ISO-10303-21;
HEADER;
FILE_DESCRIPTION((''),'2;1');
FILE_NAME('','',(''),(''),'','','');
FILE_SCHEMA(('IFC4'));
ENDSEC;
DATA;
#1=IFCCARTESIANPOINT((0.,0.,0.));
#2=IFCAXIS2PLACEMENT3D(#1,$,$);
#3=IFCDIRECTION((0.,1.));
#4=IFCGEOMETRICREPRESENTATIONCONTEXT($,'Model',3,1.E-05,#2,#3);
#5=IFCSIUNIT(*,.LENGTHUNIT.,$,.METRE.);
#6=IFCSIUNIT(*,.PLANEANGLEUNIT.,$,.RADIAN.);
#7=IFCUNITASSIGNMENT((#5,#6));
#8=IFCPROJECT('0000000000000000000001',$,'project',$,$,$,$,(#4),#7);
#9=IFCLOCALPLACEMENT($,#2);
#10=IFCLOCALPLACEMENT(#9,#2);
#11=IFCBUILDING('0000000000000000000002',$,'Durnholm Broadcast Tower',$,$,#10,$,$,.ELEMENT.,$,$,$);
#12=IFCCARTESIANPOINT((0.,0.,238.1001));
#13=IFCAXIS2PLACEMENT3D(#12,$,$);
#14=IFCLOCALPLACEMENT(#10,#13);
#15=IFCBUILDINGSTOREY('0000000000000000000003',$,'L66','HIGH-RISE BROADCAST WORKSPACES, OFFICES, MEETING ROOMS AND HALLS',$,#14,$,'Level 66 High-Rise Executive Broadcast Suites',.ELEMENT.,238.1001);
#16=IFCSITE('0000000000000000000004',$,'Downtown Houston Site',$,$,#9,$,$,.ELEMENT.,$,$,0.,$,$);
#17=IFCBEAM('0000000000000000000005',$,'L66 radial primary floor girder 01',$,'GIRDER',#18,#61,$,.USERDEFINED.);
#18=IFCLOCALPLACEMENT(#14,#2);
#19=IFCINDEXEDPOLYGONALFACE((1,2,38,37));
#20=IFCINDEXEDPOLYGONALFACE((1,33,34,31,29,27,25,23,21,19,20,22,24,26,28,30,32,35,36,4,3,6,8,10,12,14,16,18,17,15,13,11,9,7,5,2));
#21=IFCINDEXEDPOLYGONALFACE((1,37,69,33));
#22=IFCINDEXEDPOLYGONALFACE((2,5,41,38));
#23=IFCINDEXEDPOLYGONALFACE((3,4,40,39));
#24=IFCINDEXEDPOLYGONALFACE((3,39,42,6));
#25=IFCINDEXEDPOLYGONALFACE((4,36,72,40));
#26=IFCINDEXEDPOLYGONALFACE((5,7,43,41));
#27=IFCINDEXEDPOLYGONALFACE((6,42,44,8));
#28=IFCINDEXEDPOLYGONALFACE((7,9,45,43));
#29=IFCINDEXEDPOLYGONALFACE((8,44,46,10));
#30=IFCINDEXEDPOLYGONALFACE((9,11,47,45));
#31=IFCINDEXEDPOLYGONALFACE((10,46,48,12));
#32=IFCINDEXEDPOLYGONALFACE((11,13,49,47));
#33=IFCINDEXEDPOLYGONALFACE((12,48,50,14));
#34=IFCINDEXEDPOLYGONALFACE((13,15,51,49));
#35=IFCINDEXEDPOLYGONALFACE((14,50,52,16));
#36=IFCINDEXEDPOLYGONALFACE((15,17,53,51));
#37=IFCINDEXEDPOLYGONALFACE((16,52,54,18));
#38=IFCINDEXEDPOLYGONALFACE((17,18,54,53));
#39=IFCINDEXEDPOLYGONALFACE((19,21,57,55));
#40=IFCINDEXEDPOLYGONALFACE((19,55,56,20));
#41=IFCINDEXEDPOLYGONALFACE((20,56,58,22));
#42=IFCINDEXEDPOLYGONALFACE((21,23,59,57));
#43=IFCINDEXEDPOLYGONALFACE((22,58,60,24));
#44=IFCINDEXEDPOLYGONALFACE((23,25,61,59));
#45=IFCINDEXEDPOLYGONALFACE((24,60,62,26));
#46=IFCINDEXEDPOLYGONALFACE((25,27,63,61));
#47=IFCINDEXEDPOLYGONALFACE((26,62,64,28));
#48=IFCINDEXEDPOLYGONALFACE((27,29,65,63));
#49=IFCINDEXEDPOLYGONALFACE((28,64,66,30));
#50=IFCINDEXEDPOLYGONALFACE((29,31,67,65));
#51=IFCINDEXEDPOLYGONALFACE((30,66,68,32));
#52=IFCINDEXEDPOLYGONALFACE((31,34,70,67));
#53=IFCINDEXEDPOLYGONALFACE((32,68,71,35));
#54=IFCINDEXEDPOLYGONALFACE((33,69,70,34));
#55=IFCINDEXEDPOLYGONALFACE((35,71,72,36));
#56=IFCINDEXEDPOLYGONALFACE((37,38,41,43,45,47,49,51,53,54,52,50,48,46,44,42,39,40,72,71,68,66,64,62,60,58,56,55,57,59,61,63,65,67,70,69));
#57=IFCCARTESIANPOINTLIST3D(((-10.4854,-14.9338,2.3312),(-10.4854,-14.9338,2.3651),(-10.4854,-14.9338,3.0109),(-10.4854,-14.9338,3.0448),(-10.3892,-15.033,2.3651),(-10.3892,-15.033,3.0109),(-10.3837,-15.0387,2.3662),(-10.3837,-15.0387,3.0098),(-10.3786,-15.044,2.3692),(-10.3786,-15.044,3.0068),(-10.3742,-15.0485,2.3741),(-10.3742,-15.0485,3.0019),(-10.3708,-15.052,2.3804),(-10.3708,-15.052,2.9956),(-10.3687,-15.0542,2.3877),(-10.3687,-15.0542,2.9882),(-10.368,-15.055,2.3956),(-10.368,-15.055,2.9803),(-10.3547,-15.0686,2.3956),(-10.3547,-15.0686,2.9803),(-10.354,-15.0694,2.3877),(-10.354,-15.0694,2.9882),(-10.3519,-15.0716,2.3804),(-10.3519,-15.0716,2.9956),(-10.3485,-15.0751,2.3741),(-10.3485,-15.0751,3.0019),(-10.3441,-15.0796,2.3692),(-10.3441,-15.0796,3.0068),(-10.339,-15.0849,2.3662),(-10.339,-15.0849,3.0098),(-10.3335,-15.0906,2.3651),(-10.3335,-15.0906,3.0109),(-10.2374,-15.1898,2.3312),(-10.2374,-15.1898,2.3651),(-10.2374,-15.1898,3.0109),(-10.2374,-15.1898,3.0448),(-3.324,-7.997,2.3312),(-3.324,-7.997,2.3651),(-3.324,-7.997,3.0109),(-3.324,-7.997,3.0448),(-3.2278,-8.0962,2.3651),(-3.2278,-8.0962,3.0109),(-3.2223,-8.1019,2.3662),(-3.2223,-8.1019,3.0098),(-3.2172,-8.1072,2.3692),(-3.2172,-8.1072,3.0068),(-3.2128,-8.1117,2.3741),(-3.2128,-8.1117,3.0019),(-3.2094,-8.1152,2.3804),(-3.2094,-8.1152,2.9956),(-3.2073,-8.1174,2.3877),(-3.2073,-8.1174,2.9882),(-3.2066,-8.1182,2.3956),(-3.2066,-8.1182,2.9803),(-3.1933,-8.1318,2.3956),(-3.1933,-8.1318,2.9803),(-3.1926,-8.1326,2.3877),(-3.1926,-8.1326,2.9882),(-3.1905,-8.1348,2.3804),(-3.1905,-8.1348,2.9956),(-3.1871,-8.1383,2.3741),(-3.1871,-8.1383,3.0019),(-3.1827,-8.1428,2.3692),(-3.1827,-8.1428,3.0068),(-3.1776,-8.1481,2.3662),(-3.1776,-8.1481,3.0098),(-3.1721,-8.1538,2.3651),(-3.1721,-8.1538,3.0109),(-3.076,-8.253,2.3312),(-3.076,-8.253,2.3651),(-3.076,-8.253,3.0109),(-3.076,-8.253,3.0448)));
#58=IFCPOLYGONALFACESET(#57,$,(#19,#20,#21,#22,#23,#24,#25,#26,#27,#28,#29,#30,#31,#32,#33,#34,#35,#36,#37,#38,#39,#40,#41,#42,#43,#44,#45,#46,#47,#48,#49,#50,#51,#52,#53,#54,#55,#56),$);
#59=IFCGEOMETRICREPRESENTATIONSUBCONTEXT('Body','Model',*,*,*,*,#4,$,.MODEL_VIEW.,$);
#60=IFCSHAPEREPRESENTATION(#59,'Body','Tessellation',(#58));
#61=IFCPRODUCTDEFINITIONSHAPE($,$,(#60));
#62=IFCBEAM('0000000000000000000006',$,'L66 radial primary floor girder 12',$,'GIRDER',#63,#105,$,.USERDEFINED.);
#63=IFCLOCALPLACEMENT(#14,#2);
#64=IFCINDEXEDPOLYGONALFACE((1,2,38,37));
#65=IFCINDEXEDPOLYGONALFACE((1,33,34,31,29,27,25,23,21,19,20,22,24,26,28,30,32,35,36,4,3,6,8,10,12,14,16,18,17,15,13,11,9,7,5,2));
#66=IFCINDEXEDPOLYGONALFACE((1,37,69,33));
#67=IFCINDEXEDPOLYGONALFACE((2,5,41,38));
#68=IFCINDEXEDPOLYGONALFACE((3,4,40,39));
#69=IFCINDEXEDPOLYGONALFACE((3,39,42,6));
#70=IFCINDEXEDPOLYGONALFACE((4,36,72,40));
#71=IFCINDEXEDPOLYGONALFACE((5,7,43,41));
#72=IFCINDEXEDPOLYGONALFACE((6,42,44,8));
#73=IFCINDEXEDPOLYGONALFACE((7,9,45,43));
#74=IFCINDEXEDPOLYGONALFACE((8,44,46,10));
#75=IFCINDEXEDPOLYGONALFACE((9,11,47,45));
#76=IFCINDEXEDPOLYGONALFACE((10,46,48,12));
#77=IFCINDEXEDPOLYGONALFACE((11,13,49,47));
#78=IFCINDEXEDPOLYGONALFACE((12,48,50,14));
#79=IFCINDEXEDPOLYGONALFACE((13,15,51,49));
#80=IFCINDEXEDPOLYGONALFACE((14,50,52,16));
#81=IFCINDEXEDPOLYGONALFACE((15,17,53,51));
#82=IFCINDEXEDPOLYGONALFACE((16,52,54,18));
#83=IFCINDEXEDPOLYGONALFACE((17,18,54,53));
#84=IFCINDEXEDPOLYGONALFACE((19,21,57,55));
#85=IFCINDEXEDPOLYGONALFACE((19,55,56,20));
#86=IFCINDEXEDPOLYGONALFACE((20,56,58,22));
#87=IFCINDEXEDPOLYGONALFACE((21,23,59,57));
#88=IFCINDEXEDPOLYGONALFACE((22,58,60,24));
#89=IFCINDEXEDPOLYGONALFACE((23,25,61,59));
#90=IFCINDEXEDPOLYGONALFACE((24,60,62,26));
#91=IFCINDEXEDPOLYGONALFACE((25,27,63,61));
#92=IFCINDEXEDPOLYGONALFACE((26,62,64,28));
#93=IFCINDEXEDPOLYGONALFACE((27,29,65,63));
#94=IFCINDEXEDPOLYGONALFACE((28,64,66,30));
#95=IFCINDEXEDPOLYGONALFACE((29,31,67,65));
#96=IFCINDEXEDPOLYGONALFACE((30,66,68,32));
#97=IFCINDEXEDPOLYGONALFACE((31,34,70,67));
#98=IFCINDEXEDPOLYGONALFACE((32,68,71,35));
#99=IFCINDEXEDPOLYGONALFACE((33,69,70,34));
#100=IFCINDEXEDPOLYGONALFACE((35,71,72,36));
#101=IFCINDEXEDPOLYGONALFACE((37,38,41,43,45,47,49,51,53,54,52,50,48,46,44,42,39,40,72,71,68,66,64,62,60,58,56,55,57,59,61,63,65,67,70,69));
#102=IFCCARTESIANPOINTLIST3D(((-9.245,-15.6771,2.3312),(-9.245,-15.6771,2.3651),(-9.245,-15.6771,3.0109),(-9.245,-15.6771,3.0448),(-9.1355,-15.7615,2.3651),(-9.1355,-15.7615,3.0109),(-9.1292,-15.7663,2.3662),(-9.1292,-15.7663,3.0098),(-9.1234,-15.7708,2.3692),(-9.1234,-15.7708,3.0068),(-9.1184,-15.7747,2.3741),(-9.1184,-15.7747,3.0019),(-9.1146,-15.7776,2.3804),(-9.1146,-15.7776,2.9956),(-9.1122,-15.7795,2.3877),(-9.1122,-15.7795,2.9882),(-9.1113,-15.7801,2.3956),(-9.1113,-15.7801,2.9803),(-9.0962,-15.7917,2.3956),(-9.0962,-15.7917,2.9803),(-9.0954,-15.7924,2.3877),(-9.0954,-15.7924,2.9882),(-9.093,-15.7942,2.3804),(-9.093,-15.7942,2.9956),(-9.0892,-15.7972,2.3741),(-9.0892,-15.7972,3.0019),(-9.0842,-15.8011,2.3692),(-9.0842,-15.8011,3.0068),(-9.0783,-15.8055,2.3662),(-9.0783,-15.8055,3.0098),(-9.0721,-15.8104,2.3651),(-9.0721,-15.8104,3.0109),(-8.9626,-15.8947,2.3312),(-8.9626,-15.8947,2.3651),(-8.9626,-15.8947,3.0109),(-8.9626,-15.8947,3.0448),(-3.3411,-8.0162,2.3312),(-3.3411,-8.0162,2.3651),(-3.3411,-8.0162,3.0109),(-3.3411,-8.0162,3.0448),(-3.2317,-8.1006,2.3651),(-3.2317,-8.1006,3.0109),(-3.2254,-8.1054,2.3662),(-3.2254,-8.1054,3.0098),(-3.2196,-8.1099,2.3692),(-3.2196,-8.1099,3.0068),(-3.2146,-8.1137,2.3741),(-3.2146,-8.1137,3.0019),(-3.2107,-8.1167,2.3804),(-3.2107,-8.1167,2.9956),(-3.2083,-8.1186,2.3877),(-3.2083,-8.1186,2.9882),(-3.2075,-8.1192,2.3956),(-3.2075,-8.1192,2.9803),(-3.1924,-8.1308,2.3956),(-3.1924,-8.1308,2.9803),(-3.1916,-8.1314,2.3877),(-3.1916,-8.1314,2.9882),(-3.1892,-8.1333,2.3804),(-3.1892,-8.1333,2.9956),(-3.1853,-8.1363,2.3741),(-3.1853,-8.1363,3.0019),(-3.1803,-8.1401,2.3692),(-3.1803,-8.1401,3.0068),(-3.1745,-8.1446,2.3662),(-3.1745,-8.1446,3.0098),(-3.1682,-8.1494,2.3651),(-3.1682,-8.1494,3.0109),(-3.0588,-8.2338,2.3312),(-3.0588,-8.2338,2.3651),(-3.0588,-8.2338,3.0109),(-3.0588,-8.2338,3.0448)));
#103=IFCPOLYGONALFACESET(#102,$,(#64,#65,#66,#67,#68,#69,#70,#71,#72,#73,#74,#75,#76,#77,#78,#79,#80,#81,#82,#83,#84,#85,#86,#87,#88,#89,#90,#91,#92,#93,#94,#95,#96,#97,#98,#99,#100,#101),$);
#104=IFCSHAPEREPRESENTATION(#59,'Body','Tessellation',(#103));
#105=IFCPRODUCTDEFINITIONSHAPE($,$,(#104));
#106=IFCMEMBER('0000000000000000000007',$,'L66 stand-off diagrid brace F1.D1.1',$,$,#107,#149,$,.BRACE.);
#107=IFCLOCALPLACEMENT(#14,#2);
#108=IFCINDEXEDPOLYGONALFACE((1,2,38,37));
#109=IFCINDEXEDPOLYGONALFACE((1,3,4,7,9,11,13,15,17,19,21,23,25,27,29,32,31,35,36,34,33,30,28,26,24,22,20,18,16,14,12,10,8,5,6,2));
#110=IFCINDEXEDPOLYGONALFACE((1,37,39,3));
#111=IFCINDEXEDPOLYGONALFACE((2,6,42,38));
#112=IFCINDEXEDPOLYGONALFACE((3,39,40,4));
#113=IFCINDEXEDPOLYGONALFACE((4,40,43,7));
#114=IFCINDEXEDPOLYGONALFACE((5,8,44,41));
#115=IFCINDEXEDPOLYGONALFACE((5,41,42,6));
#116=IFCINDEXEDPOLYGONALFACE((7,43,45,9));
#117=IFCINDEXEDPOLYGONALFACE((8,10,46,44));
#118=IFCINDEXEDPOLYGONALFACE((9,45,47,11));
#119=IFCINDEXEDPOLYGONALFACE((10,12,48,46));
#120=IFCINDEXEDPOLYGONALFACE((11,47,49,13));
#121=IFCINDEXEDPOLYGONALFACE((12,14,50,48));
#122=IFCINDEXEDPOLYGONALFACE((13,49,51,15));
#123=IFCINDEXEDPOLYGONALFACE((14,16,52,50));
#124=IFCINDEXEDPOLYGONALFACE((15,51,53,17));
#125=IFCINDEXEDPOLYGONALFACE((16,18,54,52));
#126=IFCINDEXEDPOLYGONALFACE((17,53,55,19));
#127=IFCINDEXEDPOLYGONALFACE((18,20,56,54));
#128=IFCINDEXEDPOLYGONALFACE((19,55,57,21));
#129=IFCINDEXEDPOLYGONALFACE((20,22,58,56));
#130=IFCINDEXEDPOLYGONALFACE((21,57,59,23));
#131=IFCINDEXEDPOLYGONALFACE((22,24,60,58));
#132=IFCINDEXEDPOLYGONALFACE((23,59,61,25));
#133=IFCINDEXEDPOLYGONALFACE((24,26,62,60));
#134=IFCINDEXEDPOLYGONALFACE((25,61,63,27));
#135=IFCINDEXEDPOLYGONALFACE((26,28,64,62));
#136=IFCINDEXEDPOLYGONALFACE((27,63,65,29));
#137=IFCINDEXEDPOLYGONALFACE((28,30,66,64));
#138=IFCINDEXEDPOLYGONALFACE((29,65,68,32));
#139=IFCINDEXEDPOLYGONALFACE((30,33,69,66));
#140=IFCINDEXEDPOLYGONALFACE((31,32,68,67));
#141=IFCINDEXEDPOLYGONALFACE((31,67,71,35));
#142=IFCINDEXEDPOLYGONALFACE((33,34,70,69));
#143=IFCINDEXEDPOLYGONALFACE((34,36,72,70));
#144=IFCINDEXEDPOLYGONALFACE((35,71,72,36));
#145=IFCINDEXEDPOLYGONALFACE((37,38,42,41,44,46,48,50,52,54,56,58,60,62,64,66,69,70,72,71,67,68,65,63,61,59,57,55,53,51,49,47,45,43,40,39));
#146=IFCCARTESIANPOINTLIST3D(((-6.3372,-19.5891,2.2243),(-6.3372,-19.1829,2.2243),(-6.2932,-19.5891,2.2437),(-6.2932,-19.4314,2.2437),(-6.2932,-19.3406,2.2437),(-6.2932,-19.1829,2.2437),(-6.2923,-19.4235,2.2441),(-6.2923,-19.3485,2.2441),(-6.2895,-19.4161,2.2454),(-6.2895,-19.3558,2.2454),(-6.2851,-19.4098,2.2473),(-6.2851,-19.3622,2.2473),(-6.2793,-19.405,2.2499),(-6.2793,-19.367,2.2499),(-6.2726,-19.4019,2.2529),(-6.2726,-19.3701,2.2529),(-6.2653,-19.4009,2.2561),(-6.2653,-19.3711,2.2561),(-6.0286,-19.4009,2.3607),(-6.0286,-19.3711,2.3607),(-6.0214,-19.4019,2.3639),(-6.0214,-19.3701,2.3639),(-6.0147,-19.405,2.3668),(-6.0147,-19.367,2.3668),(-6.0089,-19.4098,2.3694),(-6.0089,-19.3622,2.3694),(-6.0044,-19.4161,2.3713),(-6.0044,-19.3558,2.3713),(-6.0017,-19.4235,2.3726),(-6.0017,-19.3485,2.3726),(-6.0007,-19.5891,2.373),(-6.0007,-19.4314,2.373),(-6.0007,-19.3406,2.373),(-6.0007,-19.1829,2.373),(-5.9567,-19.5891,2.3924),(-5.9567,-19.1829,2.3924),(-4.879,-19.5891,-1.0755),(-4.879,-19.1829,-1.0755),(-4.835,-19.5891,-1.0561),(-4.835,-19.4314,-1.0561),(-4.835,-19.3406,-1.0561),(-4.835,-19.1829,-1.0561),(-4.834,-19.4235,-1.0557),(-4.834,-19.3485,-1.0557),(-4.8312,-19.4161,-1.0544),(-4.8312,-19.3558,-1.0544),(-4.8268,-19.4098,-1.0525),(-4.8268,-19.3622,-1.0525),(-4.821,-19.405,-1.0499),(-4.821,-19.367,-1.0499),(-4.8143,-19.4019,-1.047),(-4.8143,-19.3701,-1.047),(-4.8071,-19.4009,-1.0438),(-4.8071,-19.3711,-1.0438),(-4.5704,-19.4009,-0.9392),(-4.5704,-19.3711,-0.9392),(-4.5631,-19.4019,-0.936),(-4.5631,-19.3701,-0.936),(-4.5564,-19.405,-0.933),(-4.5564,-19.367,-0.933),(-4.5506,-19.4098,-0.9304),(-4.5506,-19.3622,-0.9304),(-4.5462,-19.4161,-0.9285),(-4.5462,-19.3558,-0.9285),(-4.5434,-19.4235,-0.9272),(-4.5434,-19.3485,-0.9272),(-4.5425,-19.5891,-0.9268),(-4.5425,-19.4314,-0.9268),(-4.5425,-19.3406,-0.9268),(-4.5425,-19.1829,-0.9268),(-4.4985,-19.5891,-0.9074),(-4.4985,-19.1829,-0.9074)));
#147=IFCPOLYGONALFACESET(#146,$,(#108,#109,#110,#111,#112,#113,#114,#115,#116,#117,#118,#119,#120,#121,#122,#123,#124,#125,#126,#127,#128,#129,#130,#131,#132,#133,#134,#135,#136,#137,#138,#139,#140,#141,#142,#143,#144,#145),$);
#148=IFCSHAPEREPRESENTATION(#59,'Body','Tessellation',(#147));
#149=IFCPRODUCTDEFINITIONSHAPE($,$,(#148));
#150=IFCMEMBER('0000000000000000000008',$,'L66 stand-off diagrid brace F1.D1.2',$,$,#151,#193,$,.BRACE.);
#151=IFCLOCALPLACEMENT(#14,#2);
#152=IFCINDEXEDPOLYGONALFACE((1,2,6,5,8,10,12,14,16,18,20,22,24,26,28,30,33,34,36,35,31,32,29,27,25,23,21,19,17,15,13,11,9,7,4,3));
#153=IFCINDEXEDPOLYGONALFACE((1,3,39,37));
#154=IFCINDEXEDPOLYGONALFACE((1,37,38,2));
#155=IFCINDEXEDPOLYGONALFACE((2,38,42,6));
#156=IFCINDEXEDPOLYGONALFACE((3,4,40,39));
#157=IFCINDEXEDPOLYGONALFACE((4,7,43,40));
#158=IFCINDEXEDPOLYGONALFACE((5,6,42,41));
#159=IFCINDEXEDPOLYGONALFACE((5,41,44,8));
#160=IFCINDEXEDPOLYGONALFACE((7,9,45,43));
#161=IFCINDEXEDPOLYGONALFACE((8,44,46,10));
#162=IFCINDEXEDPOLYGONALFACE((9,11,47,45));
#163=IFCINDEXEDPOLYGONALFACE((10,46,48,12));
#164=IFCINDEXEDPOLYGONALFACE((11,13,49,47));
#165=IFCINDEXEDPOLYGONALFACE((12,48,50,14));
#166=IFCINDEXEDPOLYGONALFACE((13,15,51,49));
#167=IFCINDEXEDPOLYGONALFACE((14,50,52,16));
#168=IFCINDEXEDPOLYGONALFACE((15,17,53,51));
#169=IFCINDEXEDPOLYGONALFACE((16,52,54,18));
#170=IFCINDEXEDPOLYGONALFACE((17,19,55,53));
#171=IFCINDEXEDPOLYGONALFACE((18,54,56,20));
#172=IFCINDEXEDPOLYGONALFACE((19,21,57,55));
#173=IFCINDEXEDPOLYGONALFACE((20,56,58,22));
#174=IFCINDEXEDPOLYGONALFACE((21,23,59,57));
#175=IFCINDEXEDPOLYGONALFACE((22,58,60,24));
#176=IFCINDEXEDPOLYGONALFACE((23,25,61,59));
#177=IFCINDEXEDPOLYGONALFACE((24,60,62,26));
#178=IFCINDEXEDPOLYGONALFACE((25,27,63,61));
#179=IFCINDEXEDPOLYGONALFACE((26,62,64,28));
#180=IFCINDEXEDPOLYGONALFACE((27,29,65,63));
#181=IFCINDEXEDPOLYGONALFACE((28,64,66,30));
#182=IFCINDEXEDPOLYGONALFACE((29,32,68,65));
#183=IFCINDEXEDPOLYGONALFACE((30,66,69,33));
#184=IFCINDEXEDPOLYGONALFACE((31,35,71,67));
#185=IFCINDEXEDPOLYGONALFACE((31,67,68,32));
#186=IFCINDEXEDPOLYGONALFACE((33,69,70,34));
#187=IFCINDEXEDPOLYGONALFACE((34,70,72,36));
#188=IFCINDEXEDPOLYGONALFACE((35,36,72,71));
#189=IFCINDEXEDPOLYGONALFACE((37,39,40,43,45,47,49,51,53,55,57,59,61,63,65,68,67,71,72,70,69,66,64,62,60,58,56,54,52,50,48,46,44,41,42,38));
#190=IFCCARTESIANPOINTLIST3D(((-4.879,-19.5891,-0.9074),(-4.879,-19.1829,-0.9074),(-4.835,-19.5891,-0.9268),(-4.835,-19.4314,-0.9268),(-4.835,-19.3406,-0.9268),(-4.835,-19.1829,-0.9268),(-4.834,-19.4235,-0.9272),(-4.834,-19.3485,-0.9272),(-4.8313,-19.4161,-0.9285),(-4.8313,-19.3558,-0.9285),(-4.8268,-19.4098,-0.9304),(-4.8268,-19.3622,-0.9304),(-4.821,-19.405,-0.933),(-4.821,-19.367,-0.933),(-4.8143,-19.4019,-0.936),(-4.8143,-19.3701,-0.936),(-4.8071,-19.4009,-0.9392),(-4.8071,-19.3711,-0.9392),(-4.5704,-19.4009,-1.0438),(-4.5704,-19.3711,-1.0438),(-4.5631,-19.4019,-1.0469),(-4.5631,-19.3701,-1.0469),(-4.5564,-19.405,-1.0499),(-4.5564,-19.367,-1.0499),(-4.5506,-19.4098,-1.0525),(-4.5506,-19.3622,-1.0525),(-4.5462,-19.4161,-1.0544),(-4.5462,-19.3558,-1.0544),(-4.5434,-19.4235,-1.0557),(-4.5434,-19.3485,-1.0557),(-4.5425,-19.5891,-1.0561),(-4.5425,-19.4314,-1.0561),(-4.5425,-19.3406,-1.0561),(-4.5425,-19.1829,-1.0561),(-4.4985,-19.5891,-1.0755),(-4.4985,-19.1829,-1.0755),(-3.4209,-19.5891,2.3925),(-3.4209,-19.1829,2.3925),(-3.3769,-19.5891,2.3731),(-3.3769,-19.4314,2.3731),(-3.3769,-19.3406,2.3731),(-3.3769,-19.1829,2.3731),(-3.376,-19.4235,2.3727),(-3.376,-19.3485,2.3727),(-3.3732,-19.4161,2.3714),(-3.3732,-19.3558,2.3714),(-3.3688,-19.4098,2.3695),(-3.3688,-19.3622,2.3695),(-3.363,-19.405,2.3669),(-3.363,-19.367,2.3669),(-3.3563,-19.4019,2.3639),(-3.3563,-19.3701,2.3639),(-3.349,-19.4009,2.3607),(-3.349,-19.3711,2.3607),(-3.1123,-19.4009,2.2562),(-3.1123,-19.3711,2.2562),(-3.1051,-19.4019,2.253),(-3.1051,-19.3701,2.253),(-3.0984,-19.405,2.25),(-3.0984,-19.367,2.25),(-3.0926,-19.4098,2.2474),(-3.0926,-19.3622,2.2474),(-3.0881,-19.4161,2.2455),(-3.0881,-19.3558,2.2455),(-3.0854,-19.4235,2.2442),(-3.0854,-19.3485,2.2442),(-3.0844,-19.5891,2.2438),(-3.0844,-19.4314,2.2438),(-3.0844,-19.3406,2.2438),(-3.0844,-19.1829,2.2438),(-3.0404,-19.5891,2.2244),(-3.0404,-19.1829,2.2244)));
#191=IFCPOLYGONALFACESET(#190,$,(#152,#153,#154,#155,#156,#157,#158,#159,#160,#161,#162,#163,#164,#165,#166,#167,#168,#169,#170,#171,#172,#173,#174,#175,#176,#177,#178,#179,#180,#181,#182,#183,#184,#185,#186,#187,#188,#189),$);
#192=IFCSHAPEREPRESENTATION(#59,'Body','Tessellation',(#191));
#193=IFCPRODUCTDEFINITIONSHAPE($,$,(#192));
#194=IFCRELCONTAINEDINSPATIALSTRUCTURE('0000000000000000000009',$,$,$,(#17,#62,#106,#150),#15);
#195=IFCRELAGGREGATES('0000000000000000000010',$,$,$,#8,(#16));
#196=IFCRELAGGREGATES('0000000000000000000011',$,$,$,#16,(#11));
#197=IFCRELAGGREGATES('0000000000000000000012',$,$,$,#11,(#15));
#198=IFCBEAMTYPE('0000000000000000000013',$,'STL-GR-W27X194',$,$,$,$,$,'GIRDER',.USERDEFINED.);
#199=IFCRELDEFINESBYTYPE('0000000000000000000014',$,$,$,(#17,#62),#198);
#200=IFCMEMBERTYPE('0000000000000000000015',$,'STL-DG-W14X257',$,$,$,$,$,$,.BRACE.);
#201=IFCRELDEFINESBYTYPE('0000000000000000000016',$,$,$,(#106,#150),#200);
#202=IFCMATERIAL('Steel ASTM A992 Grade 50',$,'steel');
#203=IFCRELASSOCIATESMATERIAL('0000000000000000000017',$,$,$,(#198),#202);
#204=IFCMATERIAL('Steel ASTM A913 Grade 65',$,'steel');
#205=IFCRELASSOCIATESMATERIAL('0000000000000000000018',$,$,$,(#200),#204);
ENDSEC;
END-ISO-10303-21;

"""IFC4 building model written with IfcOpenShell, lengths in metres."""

from ifc_helpers import new_model, si_unit, direction, frame, origin, origin_2d, place, context, subcontext, project, spatial, i_section, extrude, source, transform, mapped, material, material_profile, profile_set, type_object, type_shapes, element, save


model = new_model("IFC4")

# Units and contexts
model_context = context("Model", 3, precision=1e-05, world=origin(), true_north=direction((0.0, 1.0)))
body_context = subcontext(model_context, "Body", "Model", "MODEL_VIEW")
ifc_project = project(units=[si_unit("LENGTHUNIT", "METRE"), si_unit("PLANEANGLEUNIT", "RADIAN")], contexts=[model_context])

# Site, building, storey
site_placement = place(None, origin())
site = spatial("IfcSite", under=ifc_project, at=site_placement, Name="Downtown Houston Site", CompositionType="ELEMENT", RefElevation=0.0)
building_placement = place(site_placement, origin())
building = spatial("IfcBuilding", under=site, at=building_placement, Name="Durnholm Broadcast Tower", CompositionType="ELEMENT")
storey_placement = place(building_placement, frame((0.0, 0.0, 238.1001)))
storey = spatial("IfcBuildingStorey", under=building, at=storey_placement, Name="L66", Description="HIGH-RISE BROADCAST WORKSPACES, OFFICES, MEETING ROOMS AND HALLS", LongName="Level 66 High-Rise Executive Broadcast Suites", CompositionType="ELEMENT", Elevation=238.1001)

# Beams
ifc_material_1 = material(Name="Steel ASTM A992 Grade 50", Category="steel")
ifc_material_profile_1 = material_profile(ifc_material_1, i_section(OverallWidth=0.3564, OverallDepth=0.7136, WebThickness=0.019, FlangeThickness=0.0339, FilletRadius=0.0305, at=origin_2d()), Name="W27X194")
ifc_profile_set_1 = profile_set([ifc_material_profile_1], Name="Steel ASTM A992 Grade 50")
beam_type_1 = type_object("IfcBeamType", Name="STL-GR-W27X194", ElementType="GIRDER", PredefinedType="USERDEFINED", material=ifc_profile_set_1)
shared_shape_1 = source(origin(), body_context, "Body", "SweptSolid", [
    extrude(i_section(OverallWidth=0.3564, OverallDepth=0.7136, WebThickness=0.019, FlangeThickness=0.0339, FilletRadius=0.0305, at=origin_2d()), origin(), (0.0, 0.0, 1.0), 9.9702),
])
beam_1_placement = place(storey_placement, frame((-3.2, -8.125, 2.688), z_axis=(-0.718281, -0.695753, 0.0), x_axis=(0.695753, -0.718281, 0.0)))
element("IfcBeam", 1, at=beam_1_placement, inside=storey, type_object=beam_type_1, Name="L66 radial primary floor girder 01", ObjectType="GIRDER", PredefinedType="USERDEFINED", context=body_context, shape_type="MappedRepresentation", body=[
    mapped(shared_shape_1, transform((0.0, 0.0, 0.0), x_axis=(1.0, 0.0, 0.0), y_axis=(0.0, 1.0, 0.0), z_axis=(0.0, 0.0, 1.0), scale=1.0)),
])
shared_shape_2 = source(origin(), body_context, "Body", "SweptSolid", [
    extrude(i_section(OverallWidth=0.3564, OverallDepth=0.7136, WebThickness=0.019, FlangeThickness=0.0339, FilletRadius=0.0305, at=origin_2d()), origin(), (0.0, 0.0, 1.0), 9.6719),
])
type_shapes(beam_type_1, [shared_shape_1, shared_shape_2])
beam_2_placement = place(storey_placement, frame((-3.2, -8.125, 2.688), z_axis=(-0.610413, -0.792083, 0.0), x_axis=(0.792083, -0.610413, 0.0)))
element("IfcBeam", 2, at=beam_2_placement, inside=storey, type_object=beam_type_1, Name="L66 radial primary floor girder 12", ObjectType="GIRDER", PredefinedType="USERDEFINED", context=body_context, shape_type="MappedRepresentation", body=[
    mapped(shared_shape_2, transform((0.0, 0.0, 0.0), x_axis=(1.0, 0.0, 0.0), y_axis=(0.0, 1.0, 0.0), z_axis=(0.0, 0.0, 1.0), scale=1.0)),
])

# Members
ifc_material_2 = material(Name="Steel ASTM A913 Grade 65", Category="steel")
ifc_material_profile_2 = material_profile(ifc_material_2, i_section(OverallWidth=0.4062, OverallDepth=0.416, WebThickness=0.0298, FlangeThickness=0.0481, FilletRadius=0.0305, at=origin_2d()), Name="W14X257")
ifc_profile_set_2 = profile_set([ifc_material_profile_2], Name="Steel ASTM A913 Grade 65")
member_type_1 = type_object("IfcMemberType", Name="STL-DG-W14X257", PredefinedType="BRACE", material=ifc_profile_set_2)
shared_shape_3 = source(origin(), body_context, "Body", "SweptSolid", [
    extrude(i_section(OverallWidth=0.4062, OverallDepth=0.416, WebThickness=0.0298, FlangeThickness=0.0481, FilletRadius=0.0305, at=origin_2d()), origin(), (0.0, 0.0, 1.0), 3.6077),
])
type_shapes(member_type_1, [shared_shape_3])
for number, where, z_axis, x_axis, name in (
    (3, (-4.6887, -19.386, -0.9915), (-0.40421, 0.0, 0.914666), (0.0, -1.0, 0.0), "L66 stand-off diagrid brace F1.D1.1"),
    (4, (-4.6887, -19.386, -0.9915), (0.404153, 0.0, 0.914691), (0.0, 1.0, 0.0), "L66 stand-off diagrid brace F1.D1.2"),
):
    element("IfcMember", number, at=place(storey_placement, frame(where, z_axis=z_axis, x_axis=x_axis)), inside=storey, type_object=member_type_1, Name=name, PredefinedType="BRACE", context=body_context, shape_type="MappedRepresentation", body=[
        mapped(shared_shape_3, transform((0.0, 0.0, 0.0), x_axis=(1.0, 0.0, 0.0), y_axis=(0.0, 1.0, 0.0), z_axis=(0.0, 0.0, 1.0), scale=1.0)),
    ])

save(model, "model.ifc")
